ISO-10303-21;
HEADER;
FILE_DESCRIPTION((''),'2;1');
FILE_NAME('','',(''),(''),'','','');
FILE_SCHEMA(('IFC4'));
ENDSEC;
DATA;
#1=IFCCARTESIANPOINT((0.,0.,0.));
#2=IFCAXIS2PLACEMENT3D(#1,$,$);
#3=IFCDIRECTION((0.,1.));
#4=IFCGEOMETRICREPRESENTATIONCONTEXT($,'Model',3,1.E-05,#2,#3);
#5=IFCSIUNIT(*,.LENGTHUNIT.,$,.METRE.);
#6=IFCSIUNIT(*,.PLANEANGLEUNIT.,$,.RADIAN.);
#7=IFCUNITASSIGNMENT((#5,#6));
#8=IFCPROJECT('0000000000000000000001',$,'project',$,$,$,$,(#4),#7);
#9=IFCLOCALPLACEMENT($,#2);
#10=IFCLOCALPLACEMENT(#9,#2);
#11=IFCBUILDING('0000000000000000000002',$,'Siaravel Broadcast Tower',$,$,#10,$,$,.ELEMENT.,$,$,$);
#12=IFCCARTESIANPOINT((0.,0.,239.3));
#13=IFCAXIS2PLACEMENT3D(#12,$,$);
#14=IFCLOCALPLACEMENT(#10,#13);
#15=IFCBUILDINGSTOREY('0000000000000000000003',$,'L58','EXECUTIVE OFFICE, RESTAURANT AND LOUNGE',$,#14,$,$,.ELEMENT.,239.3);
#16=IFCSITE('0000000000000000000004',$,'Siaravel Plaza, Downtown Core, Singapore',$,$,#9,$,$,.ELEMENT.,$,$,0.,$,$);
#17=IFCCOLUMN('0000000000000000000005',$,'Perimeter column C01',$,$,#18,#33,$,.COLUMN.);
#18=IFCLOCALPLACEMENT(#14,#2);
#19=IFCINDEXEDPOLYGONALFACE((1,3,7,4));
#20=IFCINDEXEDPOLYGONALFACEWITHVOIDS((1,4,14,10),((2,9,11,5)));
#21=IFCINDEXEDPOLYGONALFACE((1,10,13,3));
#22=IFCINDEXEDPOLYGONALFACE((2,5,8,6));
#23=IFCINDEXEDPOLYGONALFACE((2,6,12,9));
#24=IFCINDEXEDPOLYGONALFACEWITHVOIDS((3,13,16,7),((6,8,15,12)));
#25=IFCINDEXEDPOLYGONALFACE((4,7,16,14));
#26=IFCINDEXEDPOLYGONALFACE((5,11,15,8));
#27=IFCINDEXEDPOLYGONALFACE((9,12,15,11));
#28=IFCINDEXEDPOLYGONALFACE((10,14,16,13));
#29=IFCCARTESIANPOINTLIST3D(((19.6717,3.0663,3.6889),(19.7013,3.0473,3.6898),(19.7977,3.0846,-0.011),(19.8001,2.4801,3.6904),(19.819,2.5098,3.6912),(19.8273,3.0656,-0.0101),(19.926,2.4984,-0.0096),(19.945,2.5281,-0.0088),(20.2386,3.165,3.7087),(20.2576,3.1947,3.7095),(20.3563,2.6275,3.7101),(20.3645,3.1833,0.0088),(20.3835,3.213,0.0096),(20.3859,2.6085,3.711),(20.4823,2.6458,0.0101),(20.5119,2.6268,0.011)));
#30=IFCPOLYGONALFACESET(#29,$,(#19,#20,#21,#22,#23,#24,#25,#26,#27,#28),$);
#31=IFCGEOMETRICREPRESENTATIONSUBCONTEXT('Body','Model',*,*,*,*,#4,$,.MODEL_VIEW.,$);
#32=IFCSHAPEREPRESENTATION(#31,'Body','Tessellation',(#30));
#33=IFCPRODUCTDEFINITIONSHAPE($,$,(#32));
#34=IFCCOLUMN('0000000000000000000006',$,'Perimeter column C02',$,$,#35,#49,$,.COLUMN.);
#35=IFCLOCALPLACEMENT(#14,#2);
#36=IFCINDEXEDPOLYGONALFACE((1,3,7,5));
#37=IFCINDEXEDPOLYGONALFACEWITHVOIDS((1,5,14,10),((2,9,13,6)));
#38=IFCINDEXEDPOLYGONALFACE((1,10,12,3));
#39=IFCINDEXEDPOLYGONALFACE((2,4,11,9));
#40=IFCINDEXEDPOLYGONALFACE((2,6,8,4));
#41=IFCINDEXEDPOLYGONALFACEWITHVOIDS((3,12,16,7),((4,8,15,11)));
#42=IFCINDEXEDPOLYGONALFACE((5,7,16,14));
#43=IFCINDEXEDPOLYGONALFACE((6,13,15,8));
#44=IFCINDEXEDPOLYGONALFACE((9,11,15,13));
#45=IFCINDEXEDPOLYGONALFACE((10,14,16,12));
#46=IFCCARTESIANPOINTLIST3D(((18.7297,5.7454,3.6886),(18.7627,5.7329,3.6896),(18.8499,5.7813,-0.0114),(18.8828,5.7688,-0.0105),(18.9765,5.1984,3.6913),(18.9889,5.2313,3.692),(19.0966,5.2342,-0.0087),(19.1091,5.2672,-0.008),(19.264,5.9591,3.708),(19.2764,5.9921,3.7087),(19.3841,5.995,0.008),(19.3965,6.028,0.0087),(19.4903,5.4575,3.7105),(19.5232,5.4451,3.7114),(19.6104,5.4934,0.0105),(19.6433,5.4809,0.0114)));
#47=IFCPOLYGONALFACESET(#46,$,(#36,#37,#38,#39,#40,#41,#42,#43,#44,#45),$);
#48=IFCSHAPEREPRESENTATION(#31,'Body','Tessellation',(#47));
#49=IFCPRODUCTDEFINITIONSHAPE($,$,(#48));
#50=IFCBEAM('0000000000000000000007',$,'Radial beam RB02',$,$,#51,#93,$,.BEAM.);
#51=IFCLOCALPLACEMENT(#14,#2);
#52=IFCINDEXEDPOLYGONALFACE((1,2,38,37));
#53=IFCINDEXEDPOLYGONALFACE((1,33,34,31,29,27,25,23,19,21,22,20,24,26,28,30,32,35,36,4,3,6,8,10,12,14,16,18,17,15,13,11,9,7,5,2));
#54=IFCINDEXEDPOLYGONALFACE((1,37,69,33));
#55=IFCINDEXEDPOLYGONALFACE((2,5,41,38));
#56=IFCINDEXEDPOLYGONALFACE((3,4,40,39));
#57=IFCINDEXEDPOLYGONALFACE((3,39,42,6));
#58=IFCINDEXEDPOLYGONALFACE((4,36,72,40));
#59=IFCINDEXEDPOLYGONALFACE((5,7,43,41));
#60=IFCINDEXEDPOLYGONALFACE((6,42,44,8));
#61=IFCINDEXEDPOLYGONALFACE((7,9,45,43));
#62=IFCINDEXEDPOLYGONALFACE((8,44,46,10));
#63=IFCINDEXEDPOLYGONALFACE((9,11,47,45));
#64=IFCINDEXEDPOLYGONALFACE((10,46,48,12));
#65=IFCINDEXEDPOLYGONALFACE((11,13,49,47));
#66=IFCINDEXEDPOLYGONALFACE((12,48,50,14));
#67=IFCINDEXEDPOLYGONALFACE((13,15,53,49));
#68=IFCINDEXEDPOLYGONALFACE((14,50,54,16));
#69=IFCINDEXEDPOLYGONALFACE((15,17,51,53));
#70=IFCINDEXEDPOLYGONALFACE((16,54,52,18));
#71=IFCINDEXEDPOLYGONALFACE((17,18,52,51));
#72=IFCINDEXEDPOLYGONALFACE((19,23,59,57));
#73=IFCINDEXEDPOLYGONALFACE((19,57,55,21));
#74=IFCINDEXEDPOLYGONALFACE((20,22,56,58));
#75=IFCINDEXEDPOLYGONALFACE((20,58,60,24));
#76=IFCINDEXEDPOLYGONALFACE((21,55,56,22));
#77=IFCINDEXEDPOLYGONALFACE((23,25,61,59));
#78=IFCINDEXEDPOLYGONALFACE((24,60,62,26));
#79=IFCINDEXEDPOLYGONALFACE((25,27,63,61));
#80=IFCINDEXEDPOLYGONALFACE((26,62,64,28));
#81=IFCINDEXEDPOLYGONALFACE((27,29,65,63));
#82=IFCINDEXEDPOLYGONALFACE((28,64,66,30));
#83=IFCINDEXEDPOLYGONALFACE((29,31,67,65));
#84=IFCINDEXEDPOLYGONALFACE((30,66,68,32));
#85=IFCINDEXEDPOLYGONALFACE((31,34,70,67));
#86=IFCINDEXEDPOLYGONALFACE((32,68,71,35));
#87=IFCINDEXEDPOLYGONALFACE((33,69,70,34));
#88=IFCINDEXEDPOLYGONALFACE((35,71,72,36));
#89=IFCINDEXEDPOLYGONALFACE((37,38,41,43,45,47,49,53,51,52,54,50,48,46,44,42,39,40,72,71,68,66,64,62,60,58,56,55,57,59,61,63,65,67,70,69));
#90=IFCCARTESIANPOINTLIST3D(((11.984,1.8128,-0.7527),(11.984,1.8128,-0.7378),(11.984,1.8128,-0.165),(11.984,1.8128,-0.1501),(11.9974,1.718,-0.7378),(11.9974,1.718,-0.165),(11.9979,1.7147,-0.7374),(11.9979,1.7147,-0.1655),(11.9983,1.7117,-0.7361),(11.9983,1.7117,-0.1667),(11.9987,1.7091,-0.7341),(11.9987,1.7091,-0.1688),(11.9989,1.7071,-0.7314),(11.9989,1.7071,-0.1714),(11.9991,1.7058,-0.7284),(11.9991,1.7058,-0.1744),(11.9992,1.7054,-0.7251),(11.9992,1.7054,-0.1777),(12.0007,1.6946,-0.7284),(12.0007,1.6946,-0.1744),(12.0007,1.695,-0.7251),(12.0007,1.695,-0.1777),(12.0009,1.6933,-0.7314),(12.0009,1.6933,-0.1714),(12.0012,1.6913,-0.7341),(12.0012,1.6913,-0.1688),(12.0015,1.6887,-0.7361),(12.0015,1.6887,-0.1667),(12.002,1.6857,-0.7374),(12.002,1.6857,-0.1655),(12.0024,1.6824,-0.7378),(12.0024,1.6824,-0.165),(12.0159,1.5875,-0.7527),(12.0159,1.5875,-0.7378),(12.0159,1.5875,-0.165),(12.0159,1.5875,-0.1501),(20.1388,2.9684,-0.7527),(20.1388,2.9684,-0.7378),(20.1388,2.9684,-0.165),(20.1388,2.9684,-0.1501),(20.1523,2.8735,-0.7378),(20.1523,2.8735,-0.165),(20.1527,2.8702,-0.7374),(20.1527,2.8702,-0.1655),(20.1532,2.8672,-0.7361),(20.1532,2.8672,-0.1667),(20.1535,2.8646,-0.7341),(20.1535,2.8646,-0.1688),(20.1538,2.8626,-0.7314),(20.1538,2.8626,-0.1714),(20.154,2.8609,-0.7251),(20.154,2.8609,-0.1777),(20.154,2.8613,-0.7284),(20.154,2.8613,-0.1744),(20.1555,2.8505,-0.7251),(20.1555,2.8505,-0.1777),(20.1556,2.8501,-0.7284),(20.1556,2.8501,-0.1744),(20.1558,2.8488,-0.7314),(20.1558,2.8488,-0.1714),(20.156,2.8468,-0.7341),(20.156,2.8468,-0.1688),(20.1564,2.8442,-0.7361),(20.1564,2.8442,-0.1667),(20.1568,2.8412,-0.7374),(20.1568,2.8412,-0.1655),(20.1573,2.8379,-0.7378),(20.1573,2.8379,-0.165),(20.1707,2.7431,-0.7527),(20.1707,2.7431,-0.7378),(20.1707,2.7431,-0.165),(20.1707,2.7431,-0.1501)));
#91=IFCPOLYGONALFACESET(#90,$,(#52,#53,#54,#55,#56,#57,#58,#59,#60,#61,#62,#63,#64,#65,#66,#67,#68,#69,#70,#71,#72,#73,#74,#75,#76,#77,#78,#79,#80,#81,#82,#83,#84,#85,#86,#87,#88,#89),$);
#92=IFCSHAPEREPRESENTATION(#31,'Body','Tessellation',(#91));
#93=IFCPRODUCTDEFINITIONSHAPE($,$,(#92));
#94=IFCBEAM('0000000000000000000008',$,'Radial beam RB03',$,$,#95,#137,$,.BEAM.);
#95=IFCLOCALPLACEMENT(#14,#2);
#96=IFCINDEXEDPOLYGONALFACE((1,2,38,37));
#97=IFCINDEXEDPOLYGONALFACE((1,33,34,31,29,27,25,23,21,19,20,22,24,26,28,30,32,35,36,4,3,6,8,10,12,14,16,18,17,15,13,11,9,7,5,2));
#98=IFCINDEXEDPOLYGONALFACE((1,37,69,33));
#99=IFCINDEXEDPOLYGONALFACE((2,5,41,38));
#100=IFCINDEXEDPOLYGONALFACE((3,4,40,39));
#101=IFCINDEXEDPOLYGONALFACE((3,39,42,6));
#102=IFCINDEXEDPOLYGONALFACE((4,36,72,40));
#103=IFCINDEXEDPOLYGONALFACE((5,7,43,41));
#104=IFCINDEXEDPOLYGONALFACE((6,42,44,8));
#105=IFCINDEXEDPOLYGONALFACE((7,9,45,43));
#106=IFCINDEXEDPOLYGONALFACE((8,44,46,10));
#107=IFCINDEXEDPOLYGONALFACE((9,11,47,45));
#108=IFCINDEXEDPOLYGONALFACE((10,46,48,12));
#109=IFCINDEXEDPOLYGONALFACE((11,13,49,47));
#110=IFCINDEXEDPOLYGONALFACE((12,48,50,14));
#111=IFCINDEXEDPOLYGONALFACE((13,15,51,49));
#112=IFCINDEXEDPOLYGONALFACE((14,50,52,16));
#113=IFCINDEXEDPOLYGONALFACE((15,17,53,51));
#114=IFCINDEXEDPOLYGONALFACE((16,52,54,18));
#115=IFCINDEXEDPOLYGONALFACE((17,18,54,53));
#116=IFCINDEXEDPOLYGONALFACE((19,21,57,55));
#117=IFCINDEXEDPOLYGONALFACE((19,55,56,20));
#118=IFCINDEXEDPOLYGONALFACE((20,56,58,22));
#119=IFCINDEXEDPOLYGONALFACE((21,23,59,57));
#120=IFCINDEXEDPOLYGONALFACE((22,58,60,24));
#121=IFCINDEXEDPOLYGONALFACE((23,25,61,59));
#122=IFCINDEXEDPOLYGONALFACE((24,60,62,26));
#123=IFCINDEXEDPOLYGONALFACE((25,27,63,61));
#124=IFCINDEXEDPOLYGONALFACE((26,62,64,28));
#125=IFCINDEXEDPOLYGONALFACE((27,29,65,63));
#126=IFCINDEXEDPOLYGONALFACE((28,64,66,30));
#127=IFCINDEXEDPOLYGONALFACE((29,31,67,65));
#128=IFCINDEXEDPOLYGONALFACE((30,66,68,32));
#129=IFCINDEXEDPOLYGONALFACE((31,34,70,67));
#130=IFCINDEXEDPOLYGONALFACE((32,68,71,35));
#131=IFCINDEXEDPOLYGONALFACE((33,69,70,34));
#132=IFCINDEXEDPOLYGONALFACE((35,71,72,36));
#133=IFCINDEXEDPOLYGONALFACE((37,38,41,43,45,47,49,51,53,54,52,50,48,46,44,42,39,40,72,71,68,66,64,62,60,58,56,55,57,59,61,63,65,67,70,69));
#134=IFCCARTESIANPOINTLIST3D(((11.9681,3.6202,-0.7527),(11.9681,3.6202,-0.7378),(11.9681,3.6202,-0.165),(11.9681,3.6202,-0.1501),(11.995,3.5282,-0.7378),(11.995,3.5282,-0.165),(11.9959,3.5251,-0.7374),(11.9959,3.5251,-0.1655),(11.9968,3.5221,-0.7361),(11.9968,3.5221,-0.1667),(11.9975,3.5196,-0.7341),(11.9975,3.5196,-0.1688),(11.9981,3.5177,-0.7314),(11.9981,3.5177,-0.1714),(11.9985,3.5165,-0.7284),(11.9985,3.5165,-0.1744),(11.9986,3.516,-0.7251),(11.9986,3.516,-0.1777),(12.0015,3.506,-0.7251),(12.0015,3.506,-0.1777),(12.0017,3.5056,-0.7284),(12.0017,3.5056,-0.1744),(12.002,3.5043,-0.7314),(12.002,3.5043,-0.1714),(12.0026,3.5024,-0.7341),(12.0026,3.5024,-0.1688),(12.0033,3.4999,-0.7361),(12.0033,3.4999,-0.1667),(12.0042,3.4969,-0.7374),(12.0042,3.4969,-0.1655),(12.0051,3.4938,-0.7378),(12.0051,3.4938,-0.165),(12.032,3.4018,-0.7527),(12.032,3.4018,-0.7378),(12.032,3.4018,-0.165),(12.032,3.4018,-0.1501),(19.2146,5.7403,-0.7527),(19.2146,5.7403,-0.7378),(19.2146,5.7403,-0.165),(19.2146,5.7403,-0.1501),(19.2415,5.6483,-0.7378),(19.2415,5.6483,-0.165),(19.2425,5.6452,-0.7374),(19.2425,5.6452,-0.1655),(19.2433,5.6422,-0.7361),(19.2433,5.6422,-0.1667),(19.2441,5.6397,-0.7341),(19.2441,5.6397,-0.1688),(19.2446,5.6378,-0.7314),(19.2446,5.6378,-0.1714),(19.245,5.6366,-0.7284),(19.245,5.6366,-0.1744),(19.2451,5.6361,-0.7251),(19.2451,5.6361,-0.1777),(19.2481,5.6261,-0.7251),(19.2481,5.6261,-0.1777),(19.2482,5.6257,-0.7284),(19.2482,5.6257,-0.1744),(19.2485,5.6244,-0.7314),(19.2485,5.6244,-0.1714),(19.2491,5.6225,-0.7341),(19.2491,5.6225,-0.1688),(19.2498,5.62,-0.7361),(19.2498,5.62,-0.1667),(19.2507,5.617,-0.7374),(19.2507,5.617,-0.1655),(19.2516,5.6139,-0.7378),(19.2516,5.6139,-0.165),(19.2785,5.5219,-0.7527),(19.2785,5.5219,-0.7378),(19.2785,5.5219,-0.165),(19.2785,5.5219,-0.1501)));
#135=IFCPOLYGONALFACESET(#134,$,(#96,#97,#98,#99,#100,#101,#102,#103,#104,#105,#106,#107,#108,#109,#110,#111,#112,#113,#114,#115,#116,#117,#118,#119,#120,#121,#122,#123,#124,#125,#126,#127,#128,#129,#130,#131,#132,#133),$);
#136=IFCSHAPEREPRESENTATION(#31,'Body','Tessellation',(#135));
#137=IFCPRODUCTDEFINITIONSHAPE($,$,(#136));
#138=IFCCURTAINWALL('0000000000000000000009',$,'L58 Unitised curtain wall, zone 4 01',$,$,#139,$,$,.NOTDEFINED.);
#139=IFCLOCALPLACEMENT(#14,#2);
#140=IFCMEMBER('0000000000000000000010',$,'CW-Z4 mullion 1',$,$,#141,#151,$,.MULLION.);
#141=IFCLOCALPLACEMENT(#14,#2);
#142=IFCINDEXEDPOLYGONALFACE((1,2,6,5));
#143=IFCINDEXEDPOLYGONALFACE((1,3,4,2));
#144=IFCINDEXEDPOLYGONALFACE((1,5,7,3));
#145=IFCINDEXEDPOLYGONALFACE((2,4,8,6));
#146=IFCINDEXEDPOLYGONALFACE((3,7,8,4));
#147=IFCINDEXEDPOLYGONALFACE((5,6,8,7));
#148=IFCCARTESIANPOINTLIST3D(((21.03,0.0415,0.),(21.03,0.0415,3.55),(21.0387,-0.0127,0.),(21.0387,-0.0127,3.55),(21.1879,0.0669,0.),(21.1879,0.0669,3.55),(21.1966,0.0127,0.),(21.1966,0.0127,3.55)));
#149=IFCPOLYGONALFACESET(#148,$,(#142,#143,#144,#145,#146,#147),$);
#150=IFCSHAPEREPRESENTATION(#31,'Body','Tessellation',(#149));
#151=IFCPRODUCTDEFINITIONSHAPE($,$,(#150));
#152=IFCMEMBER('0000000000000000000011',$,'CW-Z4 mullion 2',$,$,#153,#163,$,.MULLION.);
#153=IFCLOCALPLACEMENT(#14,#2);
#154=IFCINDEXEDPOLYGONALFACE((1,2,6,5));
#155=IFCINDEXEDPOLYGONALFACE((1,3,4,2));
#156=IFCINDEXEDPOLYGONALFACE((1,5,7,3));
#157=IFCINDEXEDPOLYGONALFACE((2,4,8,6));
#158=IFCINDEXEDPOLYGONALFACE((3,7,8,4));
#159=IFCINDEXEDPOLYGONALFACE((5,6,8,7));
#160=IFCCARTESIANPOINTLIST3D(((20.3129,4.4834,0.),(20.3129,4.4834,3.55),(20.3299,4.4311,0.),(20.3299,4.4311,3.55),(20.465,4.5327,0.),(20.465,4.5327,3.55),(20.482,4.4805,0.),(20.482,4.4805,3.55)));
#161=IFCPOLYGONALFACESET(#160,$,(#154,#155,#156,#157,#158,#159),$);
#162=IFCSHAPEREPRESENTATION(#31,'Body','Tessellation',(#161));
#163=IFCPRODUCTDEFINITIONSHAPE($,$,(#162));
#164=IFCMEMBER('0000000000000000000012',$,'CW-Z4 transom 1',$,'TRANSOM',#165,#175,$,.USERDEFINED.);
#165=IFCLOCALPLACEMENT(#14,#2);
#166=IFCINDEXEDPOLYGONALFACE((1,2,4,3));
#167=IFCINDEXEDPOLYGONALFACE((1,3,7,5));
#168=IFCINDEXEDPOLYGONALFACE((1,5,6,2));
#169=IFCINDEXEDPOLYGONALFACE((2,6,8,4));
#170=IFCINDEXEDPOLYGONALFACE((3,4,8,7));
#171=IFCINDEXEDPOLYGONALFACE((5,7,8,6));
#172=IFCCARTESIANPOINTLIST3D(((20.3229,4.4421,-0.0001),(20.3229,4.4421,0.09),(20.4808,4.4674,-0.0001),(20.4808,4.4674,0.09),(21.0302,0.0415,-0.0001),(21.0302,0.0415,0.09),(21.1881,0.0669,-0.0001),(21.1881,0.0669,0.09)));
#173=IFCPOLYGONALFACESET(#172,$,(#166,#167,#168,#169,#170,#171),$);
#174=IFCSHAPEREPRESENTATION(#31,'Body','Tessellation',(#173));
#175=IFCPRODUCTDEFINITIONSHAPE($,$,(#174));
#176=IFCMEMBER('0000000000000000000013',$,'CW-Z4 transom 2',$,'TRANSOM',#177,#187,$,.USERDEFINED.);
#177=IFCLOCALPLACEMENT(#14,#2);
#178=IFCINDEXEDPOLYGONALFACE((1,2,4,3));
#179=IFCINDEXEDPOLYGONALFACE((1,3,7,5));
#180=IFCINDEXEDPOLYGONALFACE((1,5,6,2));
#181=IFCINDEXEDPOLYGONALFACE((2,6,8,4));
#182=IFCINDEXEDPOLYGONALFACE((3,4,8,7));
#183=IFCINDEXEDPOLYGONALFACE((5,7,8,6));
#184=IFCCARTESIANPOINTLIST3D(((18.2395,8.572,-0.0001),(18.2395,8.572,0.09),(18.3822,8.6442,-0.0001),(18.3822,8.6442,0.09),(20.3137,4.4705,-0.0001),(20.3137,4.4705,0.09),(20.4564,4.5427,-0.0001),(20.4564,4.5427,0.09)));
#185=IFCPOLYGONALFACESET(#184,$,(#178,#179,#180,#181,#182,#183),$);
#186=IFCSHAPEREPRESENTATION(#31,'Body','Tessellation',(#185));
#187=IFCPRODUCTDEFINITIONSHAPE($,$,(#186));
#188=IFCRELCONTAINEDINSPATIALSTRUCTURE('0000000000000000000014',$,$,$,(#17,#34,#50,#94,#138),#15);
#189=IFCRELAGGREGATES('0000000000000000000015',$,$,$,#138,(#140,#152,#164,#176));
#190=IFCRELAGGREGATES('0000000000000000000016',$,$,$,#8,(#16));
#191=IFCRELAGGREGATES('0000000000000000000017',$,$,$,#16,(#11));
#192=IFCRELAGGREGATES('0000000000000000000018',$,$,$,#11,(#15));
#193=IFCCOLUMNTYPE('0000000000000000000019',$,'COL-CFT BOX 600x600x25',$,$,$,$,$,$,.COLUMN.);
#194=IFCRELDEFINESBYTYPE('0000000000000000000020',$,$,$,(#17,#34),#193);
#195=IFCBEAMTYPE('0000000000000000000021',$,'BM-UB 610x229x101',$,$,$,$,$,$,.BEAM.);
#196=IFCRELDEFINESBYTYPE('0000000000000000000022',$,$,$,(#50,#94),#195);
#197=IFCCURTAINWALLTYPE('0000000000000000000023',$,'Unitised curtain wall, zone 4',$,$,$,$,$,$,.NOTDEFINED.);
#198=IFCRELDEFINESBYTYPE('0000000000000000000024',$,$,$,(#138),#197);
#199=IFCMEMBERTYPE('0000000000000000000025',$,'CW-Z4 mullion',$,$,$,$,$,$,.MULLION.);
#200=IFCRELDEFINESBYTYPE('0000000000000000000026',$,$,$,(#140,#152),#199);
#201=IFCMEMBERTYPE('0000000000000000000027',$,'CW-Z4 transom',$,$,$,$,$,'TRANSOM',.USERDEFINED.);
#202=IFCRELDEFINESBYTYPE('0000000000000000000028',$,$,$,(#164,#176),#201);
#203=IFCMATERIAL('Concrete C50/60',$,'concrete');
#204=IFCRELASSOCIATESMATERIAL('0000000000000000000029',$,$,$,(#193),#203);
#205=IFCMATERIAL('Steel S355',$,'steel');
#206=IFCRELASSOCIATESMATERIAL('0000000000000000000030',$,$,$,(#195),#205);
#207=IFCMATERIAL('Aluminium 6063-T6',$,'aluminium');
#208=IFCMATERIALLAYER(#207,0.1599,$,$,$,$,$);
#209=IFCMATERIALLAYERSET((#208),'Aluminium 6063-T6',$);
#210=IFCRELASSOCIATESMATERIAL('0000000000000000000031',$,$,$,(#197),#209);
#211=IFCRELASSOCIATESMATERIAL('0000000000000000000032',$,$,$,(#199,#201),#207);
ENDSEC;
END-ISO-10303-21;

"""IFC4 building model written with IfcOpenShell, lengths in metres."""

from ifc_helpers import new_model, si_unit, direction, frame, origin, origin_2d, place, context, subcontext, project, spatial, rectangle, hollow_rectangle, i_section, extrude, material, layer, layer_set, material_profile, profile_set, type_object, element, aggregate, save


model = new_model("IFC4")

# Units and contexts
model_context = context("Model", 3, precision=1e-05, world=origin(), true_north=direction((0.0, 1.0)))
body_context = subcontext(model_context, "Body", "Model", "MODEL_VIEW")
ifc_project = project(units=[si_unit("LENGTHUNIT", "METRE"), si_unit("PLANEANGLEUNIT", "RADIAN")], contexts=[model_context])

# Site, building, storey
site_placement = place(None, origin())
site = spatial("IfcSite", under=ifc_project, at=site_placement, Name="Siaravel Plaza, Downtown Core, Singapore", CompositionType="ELEMENT", RefElevation=0.0)
building_placement = place(site_placement, origin())
building = spatial("IfcBuilding", under=site, at=building_placement, Name="Siaravel Broadcast Tower", CompositionType="ELEMENT")
storey_placement = place(building_placement, frame((0.0, 0.0, 239.3)))
storey = spatial("IfcBuildingStorey", under=building, at=storey_placement, Name="L58", Description="EXECUTIVE OFFICE, RESTAURANT AND LOUNGE", CompositionType="ELEMENT", Elevation=239.3)

# Columns
ifc_material_1 = material(Name="Concrete C50/60", Category="concrete")
ifc_material_profile_1 = material_profile(ifc_material_1, hollow_rectangle(XDim=0.6001, YDim=0.6001, WallThickness=0.0249, at=origin_2d()))
ifc_profile_set_1 = profile_set([ifc_material_profile_1], Name="Concrete C50/60")
column_type = type_object("IfcColumnType", Name="COL-CFT BOX 600x600x25", PredefinedType="COLUMN", material=ifc_profile_set_1)
for number, where, z_axis, x_axis, name in (
    (1, (20.1548, 2.8557, 0.0), (-0.034028, -0.004946, 0.999409), (0.213909, -0.976851, 0.002449), "Perimeter column C01"),
    (2, (19.2466, 5.6311, 0.0), (-0.032446, -0.009694, 0.999426), (0.411189, -0.911539, 0.004507), "Perimeter column C02"),
):
    element("IfcColumn", number, at=place(storey_placement, frame(where, z_axis=z_axis, x_axis=x_axis)), inside=storey, type_object=column_type, Name=name, PredefinedType="COLUMN", context=body_context, shape_type="SweptSolid", body=[
        extrude(hollow_rectangle(XDim=0.6001, YDim=0.6001, WallThickness=0.0249, at=origin_2d()), origin(), (0.0, 0.0, 1.0), 3.7021),
    ])

# Beams
ifc_material_2 = material(Name="Steel S355", Category="steel")
ifc_material_profile_2 = material_profile(ifc_material_2, i_section(OverallWidth=0.2275, OverallDepth=0.6025, WebThickness=0.0105, FlangeThickness=0.0149, FilletRadius=0.0127, at=origin_2d()))
ifc_profile_set_2 = profile_set([ifc_material_profile_2], Name="Steel S355")
beam_type = type_object("IfcBeamType", Name="BM-UB 610x229x101", PredefinedType="BEAM", material=ifc_profile_set_2)
beam_1_placement = place(storey_placement, frame((20.1548, 2.8557, -0.4514), z_axis=(-0.99011, -0.140297, 0.0), x_axis=(0.140297, -0.99011, 0.0)))
element("IfcBeam", 3, at=beam_1_placement, inside=storey, type_object=beam_type, Name="Radial beam RB02", PredefinedType="BEAM", context=body_context, shape_type="SweptSolid", body=[
    extrude(i_section(OverallWidth=0.2275, OverallDepth=0.6025, WebThickness=0.0105, FlangeThickness=0.0149, FilletRadius=0.0127, at=origin_2d()), origin(), (0.0, 0.0, 1.0), 8.2363),
])
beam_2_placement = place(storey_placement, frame((19.2466, 5.6311, -0.4514), z_axis=(-0.959767, -0.280797, 0.0), x_axis=(0.280797, -0.959767, 0.0)))
element("IfcBeam", 4, at=beam_2_placement, inside=storey, type_object=beam_type, Name="Radial beam RB03", PredefinedType="BEAM", context=body_context, shape_type="SweptSolid", body=[
    extrude(i_section(OverallWidth=0.2275, OverallDepth=0.6025, WebThickness=0.0105, FlangeThickness=0.0149, FilletRadius=0.0127, at=origin_2d()), origin(), (0.0, 0.0, 1.0), 7.5503),
])

# Curtain wall, members
ifc_material_3 = material(Name="Aluminium 6063-T6", Category="aluminium")
ifc_layer_1 = layer(ifc_material_3, 0.1599)
ifc_layer_set_1 = layer_set([ifc_layer_1], Name="Aluminium 6063-T6")
curtain_wall_type = type_object("IfcCurtainWallType", Name="Unitised curtain wall, zone 4", PredefinedType="NOTDEFINED", material=ifc_layer_set_1)
curtain_wall_placement = place(storey_placement, origin())
curtain_wall = element("IfcCurtainWall", 5, at=curtain_wall_placement, inside=storey, type_object=curtain_wall_type, Name="L58 Unitised curtain wall, zone 4 01", PredefinedType="NOTDEFINED")
ifc_material_profile_3 = material_profile(ifc_material_3, rectangle(XDim=0.1599, YDim=0.0549, at=origin_2d()))
ifc_profile_set_3 = profile_set([ifc_material_profile_3], Name="Aluminium 6063-T6")
member_type_1 = type_object("IfcMemberType", Name="CW-Z4 mullion", PredefinedType="MULLION", material=ifc_profile_set_3)
member_1_placement = place(storey_placement, frame((21.1133, 0.0271, 0.0), z_axis=(0.0, 0.0, 1.0), x_axis=(-0.987329, -0.158685, 0.0)))
member_1 = element("IfcMember", 6, at=member_1_placement, type_object=member_type_1, Name="CW-Z4 mullion 1", PredefinedType="MULLION", context=body_context, shape_type="SweptSolid", body=[
    extrude(rectangle(XDim=0.1599, YDim=0.0549, at=origin_2d()), origin(), (0.0, 0.0, 1.0), 3.55),
])
member_2_placement = place(storey_placement, frame((20.3975, 4.4819, 0.0), z_axis=(0.0, 0.0, 1.0), x_axis=(-0.951178, -0.308644, 0.0)))
member_2 = element("IfcMember", 7, at=member_2_placement, type_object=member_type_1, Name="CW-Z4 mullion 2", PredefinedType="MULLION", context=body_context, shape_type="SweptSolid", body=[
    extrude(rectangle(XDim=0.1599, YDim=0.0549, at=origin_2d()), origin(), (0.0, 0.0, 1.0), 3.55),
])
ifc_material_profile_4 = material_profile(ifc_material_3, rectangle(XDim=0.1599, YDim=0.0901, at=origin_2d()))
ifc_profile_set_4 = profile_set([ifc_material_profile_4], Name="Aluminium 6063-T6")
member_type_2 = type_object("IfcMemberType", Name="CW-Z4 transom", ElementType="TRANSOM", PredefinedType="USERDEFINED", material=ifc_profile_set_4)
member_3_placement = place(storey_placement, frame((21.1091, 0.0542, 0.0449), z_axis=(-0.158685, 0.987329, 0.0), x_axis=(-0.987329, -0.158685, 0.0)))
member_3 = element("IfcMember", 8, at=member_3_placement, type_object=member_type_2, Name="CW-Z4 transom 1", ObjectType="TRANSOM", PredefinedType="USERDEFINED", context=body_context, shape_type="SweptSolid", body=[
    extrude(rectangle(XDim=0.1599, YDim=0.0901, at=origin_2d()), origin(), (0.0, 0.0, 1.0), 4.457),
])
member_4_placement = place(storey_placement, frame((20.385, 4.5066, 0.0449), z_axis=(-0.451288, 0.892378, 0.0), x_axis=(-0.892378, -0.451288, 0.0)))
member_4 = element("IfcMember", 9, at=member_4_placement, type_object=member_type_2, Name="CW-Z4 transom 2", ObjectType="TRANSOM", PredefinedType="USERDEFINED", context=body_context, shape_type="SweptSolid", body=[
    extrude(rectangle(XDim=0.1599, YDim=0.0901, at=origin_2d()), origin(), (0.0, 0.0, 1.0), 4.5962),
])

aggregate(curtain_wall, [member_1, member_2, member_3, member_4])

save(model, "model.ifc")
